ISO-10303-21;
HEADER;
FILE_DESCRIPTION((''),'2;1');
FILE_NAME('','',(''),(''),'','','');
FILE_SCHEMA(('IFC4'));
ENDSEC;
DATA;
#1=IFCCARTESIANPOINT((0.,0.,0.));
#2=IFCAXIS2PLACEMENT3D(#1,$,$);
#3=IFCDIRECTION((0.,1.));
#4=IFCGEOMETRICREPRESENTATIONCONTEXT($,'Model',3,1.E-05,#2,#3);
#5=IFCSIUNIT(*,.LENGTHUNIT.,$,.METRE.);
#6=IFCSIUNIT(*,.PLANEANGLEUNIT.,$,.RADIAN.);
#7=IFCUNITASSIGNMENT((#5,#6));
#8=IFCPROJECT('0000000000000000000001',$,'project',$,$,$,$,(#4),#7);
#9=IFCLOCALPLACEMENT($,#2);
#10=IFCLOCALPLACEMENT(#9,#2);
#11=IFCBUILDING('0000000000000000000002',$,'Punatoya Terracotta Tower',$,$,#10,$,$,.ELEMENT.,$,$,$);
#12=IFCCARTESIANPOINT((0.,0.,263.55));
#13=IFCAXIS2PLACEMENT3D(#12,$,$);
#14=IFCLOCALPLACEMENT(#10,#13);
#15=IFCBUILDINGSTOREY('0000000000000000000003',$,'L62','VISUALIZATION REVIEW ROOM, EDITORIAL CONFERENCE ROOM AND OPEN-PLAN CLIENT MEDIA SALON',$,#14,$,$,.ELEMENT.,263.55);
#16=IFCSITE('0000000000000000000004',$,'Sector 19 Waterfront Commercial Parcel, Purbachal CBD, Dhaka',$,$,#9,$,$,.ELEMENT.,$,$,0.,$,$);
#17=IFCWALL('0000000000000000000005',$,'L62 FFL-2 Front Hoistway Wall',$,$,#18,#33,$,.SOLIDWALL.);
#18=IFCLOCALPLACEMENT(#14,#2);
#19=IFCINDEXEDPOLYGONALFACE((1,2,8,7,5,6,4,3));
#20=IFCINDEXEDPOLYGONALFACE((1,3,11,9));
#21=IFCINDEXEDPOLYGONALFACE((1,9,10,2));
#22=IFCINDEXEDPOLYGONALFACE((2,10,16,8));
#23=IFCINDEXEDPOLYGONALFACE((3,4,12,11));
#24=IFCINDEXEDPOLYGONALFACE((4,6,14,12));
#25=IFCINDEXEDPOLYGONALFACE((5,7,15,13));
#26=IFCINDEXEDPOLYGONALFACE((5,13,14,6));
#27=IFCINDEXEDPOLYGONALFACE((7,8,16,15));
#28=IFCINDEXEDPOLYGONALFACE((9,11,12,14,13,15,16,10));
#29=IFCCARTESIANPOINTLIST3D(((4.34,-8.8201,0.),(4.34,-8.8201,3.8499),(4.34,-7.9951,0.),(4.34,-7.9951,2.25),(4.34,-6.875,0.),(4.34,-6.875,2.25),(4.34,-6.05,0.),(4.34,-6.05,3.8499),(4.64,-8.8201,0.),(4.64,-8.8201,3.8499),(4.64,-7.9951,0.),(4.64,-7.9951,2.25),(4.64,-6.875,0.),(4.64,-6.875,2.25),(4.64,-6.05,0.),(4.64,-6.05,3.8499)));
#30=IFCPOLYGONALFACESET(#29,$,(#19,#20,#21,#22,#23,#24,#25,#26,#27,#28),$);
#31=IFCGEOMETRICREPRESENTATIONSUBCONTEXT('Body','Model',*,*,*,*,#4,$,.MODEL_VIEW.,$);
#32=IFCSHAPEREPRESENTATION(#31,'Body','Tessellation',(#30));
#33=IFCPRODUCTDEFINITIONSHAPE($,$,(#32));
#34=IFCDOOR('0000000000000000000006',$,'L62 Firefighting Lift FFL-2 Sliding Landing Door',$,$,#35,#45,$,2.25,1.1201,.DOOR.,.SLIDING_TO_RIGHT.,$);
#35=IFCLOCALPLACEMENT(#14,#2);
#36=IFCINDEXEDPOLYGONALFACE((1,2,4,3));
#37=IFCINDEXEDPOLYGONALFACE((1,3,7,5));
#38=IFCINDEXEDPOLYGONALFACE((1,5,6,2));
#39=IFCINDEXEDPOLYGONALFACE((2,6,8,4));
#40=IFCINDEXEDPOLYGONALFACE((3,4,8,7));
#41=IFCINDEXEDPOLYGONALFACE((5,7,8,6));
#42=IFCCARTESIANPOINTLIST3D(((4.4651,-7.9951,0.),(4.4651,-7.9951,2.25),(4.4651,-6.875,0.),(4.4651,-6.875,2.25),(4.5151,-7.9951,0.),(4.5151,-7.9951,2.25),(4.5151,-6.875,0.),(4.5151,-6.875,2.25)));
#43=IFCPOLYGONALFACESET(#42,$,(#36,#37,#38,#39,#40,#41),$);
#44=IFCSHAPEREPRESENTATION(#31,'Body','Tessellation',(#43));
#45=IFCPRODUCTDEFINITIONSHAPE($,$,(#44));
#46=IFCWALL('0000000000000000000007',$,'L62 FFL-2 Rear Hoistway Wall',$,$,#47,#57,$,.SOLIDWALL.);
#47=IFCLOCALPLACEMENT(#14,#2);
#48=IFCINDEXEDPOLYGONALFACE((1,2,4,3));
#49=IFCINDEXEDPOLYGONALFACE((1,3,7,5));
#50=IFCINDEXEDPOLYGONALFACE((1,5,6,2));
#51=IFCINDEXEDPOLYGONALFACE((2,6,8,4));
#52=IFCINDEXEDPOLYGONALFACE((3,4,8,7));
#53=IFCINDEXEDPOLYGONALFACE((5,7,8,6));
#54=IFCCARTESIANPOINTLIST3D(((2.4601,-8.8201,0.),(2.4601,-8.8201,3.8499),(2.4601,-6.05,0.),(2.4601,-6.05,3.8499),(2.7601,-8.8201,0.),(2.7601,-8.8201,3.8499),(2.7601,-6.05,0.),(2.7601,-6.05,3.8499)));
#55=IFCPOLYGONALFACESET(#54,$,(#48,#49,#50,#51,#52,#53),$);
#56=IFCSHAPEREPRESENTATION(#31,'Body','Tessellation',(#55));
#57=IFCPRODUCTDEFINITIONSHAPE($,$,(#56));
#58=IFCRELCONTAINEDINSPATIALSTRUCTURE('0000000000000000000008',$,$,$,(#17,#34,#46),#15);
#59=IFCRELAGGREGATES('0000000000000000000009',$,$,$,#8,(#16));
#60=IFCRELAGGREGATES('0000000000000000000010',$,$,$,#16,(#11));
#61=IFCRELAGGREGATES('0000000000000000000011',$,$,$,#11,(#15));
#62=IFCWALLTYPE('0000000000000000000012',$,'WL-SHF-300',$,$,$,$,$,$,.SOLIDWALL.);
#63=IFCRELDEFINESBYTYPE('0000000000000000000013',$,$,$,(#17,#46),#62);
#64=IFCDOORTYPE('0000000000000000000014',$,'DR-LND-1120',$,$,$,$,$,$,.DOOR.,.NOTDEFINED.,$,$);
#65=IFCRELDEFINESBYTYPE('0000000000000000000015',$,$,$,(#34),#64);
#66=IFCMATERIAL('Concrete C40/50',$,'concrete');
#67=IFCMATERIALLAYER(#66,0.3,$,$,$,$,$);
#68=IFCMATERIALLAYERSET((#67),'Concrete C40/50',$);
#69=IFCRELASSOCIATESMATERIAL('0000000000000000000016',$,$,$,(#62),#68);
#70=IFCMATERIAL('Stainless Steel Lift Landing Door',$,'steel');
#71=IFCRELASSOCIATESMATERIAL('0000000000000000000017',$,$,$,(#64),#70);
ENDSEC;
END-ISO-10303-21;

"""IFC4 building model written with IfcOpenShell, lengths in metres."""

from ifc_helpers import new_model, si_unit, direction, frame, frame_2d, origin, place, context, subcontext, project, spatial, rectangle, extrude, material, layer, layer_set, type_object, element, fill, save


model = new_model("IFC4")

# Units and contexts
model_context = context("Model", 3, precision=1e-05, world=origin(), true_north=direction((0.0, 1.0)))
body_context = subcontext(model_context, "Body", "Model", "MODEL_VIEW")
ifc_project = project(units=[si_unit("LENGTHUNIT", "METRE"), si_unit("PLANEANGLEUNIT", "RADIAN")], contexts=[model_context])

# Site, building, storey
site_placement = place(None, origin())
site = spatial("IfcSite", under=ifc_project, at=site_placement, Name="Sector 19 Waterfront Commercial Parcel, Purbachal CBD, Dhaka", CompositionType="ELEMENT", RefElevation=0.0)
building_placement = place(site_placement, origin())
building = spatial("IfcBuilding", under=site, at=building_placement, Name="Punatoya Terracotta Tower", CompositionType="ELEMENT")
storey_placement = place(building_placement, frame((0.0, 0.0, 263.55)))
storey = spatial("IfcBuildingStorey", under=building, at=storey_placement, Name="L62", Description="VISUALIZATION REVIEW ROOM, EDITORIAL CONFERENCE ROOM AND OPEN-PLAN CLIENT MEDIA SALON", CompositionType="ELEMENT", Elevation=263.55)

# Wall, opening, door
ifc_material_1 = material(Name="Concrete C40/50", Category="concrete")
ifc_layer_1 = layer(ifc_material_1, 0.3)
ifc_layer_set_1 = layer_set([ifc_layer_1], Name="Concrete C40/50")
wall_type_1 = type_object("IfcWallType", Name="WL-SHF-300", PredefinedType="SOLIDWALL", material=ifc_layer_set_1)
wall_1_placement = place(storey_placement, frame((4.49, -8.8201, 0.0), z_axis=(0.0, 0.0, 1.0), x_axis=(0.0, 1.0, 0.0)))
wall_1 = element("IfcWall", 1, at=wall_1_placement, inside=storey, type_object=wall_type_1, Name="L62 FFL-2 Front Hoistway Wall", PredefinedType="SOLIDWALL", context=body_context, shape_type="SweptSolid", body=[
    extrude(rectangle(XDim=2.77, YDim=0.3, at=frame_2d((1.385, 0.0))), origin(), (0.0, 0.0, 1.0), 3.8499),
])
opening_1_placement = place(wall_1_placement, frame((0.825, 0.0, 0.0)))
opening_1 = element("IfcOpeningElement", 2, at=opening_1_placement, cuts=wall_1, PredefinedType="OPENING", context=body_context, shape_type="SweptSolid", body=[
    extrude(rectangle(XDim=1.1201, YDim=2.25, at=frame_2d((0.5601, 1.125))), frame((0.0, 0.1599, 0.0), z_axis=(0.0, -1.0, 0.0), x_axis=(1.0, 0.0, 0.0)), (0.0, 0.0, 1.0), 0.3201),
])
ifc_material_2 = material(Name="Stainless Steel Lift Landing Door", Category="steel")
door_type_1 = type_object("IfcDoorType", Name="DR-LND-1120", OperationType="NOTDEFINED", PredefinedType="DOOR", material=ifc_material_2)
door_1_placement = place(opening_1_placement, origin())
door_1 = element("IfcDoor", 3, at=door_1_placement, inside=storey, type_object=door_type_1, Name="L62 Firefighting Lift FFL-2 Sliding Landing Door", OperationType="SLIDING_TO_RIGHT", OverallHeight=2.25, OverallWidth=1.1201, PredefinedType="DOOR", context=body_context, shape_type="SweptSolid", body=[
    extrude(rectangle(XDim=1.1201, YDim=2.25, at=frame_2d((0.5601, 1.125))), frame((0.0, 0.0249, 0.0), z_axis=(0.0, -1.0, 0.0), x_axis=(1.0, 0.0, 0.0)), (0.0, 0.0, 1.0), 0.05),
])
fill(opening_1, door_1)

# Wall
wall_2_placement = place(storey_placement, frame((2.6101, -8.8201, 0.0), z_axis=(0.0, 0.0, 1.0), x_axis=(0.0, 1.0, 0.0)))
element("IfcWall", 4, at=wall_2_placement, inside=storey, type_object=wall_type_1, Name="L62 FFL-2 Rear Hoistway Wall", PredefinedType="SOLIDWALL", context=body_context, shape_type="SweptSolid", body=[
    extrude(rectangle(XDim=2.77, YDim=0.3, at=frame_2d((1.385, 0.0))), origin(), (0.0, 0.0, 1.0), 3.8499),
])

save(model, "model.ifc")
